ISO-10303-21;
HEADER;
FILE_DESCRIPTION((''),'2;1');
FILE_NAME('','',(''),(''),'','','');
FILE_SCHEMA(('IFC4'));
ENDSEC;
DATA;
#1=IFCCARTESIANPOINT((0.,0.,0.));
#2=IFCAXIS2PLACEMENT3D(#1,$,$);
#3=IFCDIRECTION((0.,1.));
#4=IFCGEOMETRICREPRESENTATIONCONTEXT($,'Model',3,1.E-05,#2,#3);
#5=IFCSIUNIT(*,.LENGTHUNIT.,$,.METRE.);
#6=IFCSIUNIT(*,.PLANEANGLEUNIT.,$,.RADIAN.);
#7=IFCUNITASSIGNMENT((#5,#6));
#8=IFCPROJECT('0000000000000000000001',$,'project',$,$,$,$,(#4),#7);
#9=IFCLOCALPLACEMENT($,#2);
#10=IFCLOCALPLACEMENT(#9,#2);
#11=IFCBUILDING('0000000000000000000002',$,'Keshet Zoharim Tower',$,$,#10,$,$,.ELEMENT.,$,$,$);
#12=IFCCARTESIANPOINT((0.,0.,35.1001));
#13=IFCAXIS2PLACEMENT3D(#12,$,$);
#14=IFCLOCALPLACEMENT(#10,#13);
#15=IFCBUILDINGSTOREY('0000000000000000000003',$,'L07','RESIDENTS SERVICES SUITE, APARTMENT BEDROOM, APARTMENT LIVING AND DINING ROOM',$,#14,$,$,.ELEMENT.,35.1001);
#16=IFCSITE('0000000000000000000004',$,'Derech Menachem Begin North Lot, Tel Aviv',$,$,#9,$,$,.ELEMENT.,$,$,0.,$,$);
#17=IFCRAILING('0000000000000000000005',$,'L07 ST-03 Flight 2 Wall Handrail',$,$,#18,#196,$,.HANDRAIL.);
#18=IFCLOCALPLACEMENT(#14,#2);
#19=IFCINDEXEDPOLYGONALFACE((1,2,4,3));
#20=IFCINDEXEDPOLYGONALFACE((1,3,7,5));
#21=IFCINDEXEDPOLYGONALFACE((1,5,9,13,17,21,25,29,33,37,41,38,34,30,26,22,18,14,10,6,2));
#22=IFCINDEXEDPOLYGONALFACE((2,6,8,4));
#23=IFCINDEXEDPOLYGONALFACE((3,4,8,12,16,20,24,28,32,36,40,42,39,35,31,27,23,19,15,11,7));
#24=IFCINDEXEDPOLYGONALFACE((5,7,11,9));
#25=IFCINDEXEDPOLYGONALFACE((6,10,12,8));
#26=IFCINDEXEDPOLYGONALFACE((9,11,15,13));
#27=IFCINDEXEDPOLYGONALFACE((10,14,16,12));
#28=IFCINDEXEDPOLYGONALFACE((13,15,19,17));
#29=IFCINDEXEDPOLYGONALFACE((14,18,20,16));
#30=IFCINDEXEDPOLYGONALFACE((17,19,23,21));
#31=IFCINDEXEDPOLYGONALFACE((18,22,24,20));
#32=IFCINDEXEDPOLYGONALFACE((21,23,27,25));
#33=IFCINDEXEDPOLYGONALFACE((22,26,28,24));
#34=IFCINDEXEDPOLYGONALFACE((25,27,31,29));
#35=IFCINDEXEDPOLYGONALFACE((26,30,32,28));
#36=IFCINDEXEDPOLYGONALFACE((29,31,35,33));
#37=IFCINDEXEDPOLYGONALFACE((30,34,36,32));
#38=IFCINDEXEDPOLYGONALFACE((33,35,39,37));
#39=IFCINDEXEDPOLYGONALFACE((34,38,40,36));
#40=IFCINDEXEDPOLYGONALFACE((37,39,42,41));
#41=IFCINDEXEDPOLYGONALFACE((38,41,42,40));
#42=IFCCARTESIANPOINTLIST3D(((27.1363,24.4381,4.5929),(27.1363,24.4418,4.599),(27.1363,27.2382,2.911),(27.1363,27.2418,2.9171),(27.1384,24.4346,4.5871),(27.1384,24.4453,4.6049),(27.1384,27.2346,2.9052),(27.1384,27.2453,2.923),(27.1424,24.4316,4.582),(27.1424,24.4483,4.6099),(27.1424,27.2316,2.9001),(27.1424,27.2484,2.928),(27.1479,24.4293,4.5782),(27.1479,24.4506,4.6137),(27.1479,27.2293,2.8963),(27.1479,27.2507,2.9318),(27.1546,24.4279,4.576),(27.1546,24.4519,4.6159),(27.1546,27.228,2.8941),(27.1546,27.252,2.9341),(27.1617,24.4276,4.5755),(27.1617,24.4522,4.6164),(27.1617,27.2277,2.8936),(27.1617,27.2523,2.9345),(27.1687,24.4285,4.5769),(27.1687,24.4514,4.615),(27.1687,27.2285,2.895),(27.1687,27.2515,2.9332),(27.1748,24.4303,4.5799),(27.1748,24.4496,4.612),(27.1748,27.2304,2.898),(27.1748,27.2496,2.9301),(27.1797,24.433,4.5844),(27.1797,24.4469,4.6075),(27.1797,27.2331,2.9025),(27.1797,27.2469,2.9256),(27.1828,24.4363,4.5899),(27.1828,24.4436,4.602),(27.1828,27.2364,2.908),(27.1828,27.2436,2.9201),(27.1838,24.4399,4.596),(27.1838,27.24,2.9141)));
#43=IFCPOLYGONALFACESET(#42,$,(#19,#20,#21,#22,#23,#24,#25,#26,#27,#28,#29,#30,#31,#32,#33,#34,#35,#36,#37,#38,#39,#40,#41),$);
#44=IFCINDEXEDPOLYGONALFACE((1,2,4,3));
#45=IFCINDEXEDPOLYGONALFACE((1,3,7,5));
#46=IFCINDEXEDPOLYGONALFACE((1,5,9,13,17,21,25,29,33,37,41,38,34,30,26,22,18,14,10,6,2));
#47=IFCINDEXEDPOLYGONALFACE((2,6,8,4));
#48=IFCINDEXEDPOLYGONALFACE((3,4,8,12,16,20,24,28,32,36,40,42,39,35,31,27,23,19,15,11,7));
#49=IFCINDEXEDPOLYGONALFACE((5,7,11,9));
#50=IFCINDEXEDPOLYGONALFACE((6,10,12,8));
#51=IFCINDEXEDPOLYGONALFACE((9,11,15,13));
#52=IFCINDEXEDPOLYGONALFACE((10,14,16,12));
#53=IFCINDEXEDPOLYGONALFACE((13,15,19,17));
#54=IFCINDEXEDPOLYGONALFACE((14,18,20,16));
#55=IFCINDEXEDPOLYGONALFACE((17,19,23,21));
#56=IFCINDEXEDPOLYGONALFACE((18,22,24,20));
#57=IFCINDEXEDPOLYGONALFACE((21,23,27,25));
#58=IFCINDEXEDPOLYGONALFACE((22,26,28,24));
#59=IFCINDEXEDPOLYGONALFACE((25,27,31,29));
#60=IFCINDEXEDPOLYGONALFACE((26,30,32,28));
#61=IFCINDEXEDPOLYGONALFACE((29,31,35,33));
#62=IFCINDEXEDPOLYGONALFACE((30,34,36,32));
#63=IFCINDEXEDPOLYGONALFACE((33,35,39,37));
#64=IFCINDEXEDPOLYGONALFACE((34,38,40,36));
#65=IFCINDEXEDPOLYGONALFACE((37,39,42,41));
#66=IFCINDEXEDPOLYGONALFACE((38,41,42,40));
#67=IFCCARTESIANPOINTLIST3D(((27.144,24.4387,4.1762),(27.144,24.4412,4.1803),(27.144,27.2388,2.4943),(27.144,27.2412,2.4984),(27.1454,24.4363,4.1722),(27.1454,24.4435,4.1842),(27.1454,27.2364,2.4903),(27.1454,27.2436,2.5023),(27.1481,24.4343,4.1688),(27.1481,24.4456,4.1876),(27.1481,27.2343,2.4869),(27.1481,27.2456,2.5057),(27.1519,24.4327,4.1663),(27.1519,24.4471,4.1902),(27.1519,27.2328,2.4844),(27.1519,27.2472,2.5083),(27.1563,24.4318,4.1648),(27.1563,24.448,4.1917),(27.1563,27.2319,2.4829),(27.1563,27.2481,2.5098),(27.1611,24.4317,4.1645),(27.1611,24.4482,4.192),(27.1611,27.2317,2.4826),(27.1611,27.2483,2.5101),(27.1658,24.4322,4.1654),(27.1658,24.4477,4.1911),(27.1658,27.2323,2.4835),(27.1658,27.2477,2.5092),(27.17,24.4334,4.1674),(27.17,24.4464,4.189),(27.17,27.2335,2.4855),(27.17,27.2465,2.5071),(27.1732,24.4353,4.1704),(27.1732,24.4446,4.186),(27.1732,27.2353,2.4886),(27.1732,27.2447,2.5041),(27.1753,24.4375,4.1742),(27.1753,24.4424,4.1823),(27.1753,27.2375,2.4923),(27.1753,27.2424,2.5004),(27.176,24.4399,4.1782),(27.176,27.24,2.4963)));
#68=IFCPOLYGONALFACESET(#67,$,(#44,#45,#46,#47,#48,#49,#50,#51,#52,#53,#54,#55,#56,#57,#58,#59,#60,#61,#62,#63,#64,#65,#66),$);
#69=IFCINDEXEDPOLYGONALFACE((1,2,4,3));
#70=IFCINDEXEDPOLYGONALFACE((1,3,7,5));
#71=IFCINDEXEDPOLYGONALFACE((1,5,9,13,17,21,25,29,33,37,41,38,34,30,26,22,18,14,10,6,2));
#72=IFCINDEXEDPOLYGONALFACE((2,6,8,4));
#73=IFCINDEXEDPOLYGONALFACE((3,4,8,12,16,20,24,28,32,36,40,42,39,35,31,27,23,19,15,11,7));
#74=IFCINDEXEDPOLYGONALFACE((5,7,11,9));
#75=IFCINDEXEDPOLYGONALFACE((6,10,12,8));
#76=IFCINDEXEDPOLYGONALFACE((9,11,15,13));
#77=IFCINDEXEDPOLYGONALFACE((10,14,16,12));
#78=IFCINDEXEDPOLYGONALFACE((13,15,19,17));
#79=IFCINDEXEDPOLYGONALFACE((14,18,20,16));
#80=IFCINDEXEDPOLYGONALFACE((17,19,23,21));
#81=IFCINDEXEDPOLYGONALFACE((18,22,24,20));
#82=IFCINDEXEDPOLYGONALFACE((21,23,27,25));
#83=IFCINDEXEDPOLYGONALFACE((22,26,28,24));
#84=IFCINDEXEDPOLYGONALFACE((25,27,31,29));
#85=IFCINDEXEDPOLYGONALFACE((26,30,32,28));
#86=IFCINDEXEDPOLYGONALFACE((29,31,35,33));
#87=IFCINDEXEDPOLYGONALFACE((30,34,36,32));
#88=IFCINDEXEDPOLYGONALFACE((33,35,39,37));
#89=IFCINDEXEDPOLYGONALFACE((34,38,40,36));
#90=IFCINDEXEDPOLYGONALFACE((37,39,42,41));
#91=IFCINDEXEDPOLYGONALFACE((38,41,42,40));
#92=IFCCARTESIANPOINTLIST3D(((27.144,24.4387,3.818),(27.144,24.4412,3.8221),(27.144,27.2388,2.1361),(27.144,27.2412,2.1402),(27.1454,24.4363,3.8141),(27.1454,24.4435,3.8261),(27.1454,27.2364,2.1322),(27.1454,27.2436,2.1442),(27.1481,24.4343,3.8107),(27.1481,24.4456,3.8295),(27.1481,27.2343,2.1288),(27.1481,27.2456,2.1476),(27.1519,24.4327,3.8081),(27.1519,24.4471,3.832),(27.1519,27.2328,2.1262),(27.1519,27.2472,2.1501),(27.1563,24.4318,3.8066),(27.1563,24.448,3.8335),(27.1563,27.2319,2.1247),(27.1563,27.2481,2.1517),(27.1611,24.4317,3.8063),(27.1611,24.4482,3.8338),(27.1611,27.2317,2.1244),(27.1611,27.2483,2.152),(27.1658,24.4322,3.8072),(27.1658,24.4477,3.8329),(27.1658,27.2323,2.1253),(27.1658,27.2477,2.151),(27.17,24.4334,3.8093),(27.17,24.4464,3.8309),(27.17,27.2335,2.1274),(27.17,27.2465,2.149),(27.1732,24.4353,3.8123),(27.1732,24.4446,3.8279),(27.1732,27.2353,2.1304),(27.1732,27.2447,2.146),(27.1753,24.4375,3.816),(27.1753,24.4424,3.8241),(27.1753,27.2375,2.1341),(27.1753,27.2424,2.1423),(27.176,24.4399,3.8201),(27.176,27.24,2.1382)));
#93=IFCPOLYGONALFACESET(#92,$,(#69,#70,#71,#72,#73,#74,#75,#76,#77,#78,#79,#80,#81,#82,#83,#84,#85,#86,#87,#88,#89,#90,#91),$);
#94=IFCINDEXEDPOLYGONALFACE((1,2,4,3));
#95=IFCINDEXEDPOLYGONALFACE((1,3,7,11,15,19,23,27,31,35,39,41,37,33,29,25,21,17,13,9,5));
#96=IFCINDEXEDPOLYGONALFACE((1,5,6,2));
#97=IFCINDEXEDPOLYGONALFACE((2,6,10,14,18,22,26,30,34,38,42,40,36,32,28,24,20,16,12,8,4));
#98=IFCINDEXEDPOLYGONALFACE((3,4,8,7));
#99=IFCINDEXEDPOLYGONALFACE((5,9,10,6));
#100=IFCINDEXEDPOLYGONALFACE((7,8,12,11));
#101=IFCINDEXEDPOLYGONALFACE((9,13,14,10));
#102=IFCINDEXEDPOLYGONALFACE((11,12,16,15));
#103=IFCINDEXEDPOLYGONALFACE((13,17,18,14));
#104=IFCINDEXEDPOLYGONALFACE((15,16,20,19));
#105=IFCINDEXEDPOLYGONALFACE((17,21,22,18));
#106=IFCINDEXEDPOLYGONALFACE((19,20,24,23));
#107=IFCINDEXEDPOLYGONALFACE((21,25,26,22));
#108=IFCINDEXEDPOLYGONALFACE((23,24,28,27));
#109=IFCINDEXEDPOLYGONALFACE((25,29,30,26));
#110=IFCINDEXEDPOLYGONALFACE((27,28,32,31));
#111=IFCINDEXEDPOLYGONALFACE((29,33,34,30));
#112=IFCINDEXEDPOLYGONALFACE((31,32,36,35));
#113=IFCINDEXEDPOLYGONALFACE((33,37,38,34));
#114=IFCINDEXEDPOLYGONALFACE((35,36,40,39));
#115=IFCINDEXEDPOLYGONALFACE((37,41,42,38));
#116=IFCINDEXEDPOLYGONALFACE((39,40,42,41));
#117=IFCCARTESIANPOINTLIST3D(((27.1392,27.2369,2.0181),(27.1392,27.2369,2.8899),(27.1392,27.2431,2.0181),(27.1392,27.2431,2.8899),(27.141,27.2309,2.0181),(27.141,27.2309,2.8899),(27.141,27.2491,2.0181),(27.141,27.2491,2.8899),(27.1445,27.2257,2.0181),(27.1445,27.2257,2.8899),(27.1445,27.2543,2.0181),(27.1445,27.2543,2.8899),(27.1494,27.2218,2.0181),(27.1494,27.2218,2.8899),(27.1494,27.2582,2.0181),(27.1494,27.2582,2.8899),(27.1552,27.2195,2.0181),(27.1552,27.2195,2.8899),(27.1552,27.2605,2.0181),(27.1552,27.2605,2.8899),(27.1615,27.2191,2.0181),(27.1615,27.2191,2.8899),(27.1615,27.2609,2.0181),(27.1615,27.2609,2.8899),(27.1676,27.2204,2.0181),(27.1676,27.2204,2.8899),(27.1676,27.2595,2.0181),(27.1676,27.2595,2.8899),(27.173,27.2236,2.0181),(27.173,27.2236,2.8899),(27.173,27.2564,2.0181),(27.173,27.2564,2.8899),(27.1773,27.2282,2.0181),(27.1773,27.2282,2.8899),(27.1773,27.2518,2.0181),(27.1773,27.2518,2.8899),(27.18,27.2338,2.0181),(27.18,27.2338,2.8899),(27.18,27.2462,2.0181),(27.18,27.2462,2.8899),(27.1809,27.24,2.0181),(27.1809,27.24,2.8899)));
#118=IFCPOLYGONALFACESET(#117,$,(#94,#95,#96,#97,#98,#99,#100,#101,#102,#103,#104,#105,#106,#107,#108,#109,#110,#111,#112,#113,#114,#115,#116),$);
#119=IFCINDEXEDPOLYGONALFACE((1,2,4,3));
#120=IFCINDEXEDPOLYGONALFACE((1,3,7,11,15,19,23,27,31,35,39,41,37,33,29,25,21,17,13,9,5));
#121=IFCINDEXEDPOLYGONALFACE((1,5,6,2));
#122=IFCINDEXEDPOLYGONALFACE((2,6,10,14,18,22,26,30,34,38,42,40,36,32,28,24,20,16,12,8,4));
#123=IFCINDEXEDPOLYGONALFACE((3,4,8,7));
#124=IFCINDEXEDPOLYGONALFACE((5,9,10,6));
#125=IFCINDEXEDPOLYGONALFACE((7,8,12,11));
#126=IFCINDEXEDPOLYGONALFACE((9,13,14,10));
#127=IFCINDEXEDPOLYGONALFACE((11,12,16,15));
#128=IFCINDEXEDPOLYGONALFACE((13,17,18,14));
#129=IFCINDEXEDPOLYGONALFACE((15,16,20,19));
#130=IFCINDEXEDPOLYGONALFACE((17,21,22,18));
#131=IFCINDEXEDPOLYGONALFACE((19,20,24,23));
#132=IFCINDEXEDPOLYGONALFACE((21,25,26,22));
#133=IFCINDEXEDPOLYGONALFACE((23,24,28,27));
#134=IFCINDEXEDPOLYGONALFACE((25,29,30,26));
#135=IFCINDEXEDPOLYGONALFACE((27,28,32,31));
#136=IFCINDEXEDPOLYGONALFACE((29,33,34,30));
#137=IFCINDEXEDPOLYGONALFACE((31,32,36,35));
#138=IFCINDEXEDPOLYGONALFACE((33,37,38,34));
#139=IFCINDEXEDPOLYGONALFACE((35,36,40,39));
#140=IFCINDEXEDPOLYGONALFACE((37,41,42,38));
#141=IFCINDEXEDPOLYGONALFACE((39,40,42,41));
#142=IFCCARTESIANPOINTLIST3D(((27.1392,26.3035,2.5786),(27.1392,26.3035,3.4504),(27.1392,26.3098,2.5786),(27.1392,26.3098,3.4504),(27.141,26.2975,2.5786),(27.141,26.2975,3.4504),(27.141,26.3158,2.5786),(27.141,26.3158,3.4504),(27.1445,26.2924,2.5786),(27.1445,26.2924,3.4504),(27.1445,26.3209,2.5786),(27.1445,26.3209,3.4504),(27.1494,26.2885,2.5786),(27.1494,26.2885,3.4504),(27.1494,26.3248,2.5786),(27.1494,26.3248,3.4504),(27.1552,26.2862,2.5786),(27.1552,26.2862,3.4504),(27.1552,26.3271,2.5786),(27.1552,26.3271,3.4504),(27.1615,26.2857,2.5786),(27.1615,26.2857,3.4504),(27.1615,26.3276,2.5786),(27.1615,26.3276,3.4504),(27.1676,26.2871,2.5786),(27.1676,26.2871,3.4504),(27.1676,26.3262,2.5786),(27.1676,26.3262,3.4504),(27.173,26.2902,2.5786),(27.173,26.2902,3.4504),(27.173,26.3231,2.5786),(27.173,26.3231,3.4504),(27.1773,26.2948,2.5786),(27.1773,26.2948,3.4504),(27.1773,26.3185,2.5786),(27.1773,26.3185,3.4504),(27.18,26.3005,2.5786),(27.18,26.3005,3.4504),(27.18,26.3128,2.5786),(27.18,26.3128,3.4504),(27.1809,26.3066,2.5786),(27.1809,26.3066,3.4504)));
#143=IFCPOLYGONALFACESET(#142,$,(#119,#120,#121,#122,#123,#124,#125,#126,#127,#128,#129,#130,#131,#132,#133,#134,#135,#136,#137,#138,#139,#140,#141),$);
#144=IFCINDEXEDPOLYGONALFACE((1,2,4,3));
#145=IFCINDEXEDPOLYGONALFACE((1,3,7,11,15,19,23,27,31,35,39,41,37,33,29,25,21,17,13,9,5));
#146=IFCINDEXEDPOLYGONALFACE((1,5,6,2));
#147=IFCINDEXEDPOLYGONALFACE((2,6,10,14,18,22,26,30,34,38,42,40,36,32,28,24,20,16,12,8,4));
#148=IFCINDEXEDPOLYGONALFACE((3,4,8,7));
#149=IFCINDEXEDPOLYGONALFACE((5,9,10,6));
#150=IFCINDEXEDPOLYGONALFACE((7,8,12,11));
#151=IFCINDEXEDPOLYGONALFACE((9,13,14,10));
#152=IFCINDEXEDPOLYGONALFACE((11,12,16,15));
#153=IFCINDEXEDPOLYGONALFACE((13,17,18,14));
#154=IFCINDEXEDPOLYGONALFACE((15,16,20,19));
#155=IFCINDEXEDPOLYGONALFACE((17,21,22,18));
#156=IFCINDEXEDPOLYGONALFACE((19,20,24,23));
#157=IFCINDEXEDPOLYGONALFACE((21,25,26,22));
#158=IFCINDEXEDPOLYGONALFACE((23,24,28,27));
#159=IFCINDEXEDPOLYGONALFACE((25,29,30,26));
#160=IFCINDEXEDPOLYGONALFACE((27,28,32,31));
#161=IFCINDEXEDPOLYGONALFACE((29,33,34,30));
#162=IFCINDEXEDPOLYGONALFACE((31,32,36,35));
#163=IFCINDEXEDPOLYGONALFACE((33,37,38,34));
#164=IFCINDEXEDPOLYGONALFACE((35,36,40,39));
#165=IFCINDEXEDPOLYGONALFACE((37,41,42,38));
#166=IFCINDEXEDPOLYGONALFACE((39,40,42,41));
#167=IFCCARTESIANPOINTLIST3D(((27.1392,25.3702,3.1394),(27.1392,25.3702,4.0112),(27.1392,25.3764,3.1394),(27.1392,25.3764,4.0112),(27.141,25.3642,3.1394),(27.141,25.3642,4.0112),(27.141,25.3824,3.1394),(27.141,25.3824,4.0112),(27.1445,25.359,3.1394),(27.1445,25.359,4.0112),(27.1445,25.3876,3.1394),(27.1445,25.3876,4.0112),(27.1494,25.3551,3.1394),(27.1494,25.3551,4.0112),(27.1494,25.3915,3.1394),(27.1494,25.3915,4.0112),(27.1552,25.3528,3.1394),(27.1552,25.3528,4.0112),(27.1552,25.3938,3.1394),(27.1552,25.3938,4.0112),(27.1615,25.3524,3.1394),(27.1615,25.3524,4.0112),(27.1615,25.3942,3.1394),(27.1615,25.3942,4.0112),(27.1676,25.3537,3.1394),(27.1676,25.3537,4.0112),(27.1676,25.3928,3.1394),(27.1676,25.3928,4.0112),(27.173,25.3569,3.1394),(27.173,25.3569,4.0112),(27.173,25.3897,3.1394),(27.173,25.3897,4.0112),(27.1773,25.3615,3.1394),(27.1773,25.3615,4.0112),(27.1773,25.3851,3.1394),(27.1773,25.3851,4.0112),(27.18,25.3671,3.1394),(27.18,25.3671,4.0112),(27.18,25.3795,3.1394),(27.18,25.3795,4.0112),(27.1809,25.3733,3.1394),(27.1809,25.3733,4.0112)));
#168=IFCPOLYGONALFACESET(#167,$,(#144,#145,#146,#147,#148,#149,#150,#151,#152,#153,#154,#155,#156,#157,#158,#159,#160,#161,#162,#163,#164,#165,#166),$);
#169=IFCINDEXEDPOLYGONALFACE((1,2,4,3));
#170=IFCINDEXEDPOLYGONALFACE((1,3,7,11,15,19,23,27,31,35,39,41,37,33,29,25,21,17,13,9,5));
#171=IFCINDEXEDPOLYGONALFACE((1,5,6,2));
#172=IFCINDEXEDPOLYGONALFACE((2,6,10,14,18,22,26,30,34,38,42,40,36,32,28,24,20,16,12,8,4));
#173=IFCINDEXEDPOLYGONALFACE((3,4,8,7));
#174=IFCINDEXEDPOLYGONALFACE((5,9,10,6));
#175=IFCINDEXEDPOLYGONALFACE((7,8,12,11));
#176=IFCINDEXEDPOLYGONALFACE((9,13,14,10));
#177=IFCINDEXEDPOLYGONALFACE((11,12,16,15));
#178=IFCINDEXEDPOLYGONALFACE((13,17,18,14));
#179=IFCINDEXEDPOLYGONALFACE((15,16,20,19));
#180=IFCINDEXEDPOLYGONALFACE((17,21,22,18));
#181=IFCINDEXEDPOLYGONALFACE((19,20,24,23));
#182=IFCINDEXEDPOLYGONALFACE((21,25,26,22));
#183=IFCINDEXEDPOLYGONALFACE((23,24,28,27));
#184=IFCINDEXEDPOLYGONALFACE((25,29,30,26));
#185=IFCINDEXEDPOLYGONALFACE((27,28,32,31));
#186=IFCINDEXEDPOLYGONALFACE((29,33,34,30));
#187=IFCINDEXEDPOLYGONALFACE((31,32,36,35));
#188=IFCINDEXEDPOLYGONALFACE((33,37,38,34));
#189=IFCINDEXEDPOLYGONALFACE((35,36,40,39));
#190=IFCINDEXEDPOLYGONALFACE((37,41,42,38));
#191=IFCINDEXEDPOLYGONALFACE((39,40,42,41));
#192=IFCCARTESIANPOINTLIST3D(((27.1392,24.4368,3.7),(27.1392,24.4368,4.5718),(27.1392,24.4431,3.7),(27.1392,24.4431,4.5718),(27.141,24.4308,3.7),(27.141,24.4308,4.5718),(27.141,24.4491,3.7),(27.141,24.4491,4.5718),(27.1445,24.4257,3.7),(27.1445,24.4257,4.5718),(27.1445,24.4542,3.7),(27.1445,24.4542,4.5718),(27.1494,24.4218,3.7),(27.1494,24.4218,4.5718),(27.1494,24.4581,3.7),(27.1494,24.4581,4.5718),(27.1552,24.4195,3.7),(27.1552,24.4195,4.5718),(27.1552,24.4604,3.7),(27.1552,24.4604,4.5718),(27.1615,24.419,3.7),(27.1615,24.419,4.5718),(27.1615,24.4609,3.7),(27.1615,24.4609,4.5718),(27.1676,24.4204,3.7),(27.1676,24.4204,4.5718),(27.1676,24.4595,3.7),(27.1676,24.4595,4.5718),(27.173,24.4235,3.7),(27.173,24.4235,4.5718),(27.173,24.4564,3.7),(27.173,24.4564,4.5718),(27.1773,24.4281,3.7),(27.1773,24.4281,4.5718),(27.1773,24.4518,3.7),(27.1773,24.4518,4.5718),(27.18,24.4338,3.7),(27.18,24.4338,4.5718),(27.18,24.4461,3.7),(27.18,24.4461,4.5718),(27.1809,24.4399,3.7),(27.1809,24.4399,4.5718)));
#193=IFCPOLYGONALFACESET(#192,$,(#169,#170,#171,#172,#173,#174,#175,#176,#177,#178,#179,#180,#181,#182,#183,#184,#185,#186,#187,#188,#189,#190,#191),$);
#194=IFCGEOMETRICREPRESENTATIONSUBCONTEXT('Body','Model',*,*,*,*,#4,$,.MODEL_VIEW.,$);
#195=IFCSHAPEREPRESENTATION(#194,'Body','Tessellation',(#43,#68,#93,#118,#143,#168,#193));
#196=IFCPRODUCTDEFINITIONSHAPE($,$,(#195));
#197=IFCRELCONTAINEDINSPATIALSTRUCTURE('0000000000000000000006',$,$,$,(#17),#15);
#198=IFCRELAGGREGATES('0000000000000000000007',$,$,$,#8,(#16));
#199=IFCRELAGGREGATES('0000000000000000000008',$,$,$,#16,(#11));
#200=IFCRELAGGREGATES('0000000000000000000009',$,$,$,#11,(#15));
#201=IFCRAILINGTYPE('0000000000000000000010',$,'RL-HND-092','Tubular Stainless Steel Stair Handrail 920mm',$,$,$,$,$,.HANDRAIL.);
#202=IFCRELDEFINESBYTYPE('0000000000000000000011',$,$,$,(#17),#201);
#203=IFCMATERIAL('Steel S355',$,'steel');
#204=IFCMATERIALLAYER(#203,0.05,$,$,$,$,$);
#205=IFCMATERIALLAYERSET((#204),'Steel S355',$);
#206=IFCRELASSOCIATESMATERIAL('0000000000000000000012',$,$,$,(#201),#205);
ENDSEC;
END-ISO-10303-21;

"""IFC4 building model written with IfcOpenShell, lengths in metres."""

from ifc_helpers import new_model, si_unit, direction, frame, origin, origin_2d, place, context, subcontext, project, spatial, circle, extrude, material, layer, layer_set, type_object, element, save


model = new_model("IFC4")

# Units and contexts
model_context = context("Model", 3, precision=1e-05, world=origin(), true_north=direction((0.0, 1.0)))
body_context = subcontext(model_context, "Body", "Model", "MODEL_VIEW")
ifc_project = project(units=[si_unit("LENGTHUNIT", "METRE"), si_unit("PLANEANGLEUNIT", "RADIAN")], contexts=[model_context])

# Site, building, storey
site_placement = place(None, origin())
site = spatial("IfcSite", under=ifc_project, at=site_placement, Name="Derech Menachem Begin North Lot, Tel Aviv", CompositionType="ELEMENT", RefElevation=0.0)
building_placement = place(site_placement, origin())
building = spatial("IfcBuilding", under=site, at=building_placement, Name="Keshet Zoharim Tower", CompositionType="ELEMENT")
storey_placement = place(building_placement, frame((0.0, 0.0, 35.1001)))
storey = spatial("IfcBuildingStorey", under=building, at=storey_placement, Name="L07", Description="RESIDENTS SERVICES SUITE, APARTMENT BEDROOM, APARTMENT LIVING AND DINING ROOM", CompositionType="ELEMENT", Elevation=35.1001)

# Shared definitions
ifc_material_1 = material(Name="Steel S355", Category="steel")

# Railing
ifc_layer_1 = layer(ifc_material_1, 0.05)
ifc_layer_set_1 = layer_set([ifc_layer_1], Name="Steel S355")
railing_type = type_object("IfcRailingType", Name="RL-HND-092", Description="Tubular Stainless Steel Stair Handrail 920mm", PredefinedType="HANDRAIL", material=ifc_layer_set_1)
railing_placement = place(storey_placement, frame((27.1599, 27.24, 2.0181)))
element("IfcRailing", 1, at=railing_placement, inside=storey, type_object=railing_type, Name="L07 ST-03 Flight 2 Wall Handrail", PredefinedType="HANDRAIL", context=body_context, shape_type="SweptSolid", body=[
    extrude(circle(Radius=0.0239, at=origin_2d()), frame((0.0, 0.0, 0.896), z_axis=(0.0, -0.857242, 0.514913), x_axis=(1.0, 0.0, 0.0)), (0.0, 0.0, 1.0), 3.2664),
    extrude(circle(Radius=0.0161, at=origin_2d()), frame((0.0, 0.0, 0.4783), z_axis=(0.0, -0.857242, 0.514913), x_axis=(1.0, 0.0, 0.0)), (0.0, 0.0, 1.0), 3.2664),
    extrude(circle(Radius=0.0161, at=origin_2d()), frame((0.0, 0.0, 0.1201), z_axis=(0.0, -0.857242, 0.514913), x_axis=(1.0, 0.0, 0.0)), (0.0, 0.0, 1.0), 3.2664),
    extrude(circle(Radius=0.021, at=origin_2d()), origin(), (0.0, 0.0, 1.0), 0.8718),
    extrude(circle(Radius=0.021, at=origin_2d()), frame((0.0, -0.9333, 0.5605)), (0.0, 0.0, 1.0), 0.8718),
    extrude(circle(Radius=0.021, at=origin_2d()), frame((0.0, -1.8667, 1.1213)), (0.0, 0.0, 1.0), 0.8718),
    extrude(circle(Radius=0.021, at=origin_2d()), frame((0.0, -2.8, 1.6819)), (0.0, 0.0, 1.0), 0.8718),
])

save(model, "model.ifc")
